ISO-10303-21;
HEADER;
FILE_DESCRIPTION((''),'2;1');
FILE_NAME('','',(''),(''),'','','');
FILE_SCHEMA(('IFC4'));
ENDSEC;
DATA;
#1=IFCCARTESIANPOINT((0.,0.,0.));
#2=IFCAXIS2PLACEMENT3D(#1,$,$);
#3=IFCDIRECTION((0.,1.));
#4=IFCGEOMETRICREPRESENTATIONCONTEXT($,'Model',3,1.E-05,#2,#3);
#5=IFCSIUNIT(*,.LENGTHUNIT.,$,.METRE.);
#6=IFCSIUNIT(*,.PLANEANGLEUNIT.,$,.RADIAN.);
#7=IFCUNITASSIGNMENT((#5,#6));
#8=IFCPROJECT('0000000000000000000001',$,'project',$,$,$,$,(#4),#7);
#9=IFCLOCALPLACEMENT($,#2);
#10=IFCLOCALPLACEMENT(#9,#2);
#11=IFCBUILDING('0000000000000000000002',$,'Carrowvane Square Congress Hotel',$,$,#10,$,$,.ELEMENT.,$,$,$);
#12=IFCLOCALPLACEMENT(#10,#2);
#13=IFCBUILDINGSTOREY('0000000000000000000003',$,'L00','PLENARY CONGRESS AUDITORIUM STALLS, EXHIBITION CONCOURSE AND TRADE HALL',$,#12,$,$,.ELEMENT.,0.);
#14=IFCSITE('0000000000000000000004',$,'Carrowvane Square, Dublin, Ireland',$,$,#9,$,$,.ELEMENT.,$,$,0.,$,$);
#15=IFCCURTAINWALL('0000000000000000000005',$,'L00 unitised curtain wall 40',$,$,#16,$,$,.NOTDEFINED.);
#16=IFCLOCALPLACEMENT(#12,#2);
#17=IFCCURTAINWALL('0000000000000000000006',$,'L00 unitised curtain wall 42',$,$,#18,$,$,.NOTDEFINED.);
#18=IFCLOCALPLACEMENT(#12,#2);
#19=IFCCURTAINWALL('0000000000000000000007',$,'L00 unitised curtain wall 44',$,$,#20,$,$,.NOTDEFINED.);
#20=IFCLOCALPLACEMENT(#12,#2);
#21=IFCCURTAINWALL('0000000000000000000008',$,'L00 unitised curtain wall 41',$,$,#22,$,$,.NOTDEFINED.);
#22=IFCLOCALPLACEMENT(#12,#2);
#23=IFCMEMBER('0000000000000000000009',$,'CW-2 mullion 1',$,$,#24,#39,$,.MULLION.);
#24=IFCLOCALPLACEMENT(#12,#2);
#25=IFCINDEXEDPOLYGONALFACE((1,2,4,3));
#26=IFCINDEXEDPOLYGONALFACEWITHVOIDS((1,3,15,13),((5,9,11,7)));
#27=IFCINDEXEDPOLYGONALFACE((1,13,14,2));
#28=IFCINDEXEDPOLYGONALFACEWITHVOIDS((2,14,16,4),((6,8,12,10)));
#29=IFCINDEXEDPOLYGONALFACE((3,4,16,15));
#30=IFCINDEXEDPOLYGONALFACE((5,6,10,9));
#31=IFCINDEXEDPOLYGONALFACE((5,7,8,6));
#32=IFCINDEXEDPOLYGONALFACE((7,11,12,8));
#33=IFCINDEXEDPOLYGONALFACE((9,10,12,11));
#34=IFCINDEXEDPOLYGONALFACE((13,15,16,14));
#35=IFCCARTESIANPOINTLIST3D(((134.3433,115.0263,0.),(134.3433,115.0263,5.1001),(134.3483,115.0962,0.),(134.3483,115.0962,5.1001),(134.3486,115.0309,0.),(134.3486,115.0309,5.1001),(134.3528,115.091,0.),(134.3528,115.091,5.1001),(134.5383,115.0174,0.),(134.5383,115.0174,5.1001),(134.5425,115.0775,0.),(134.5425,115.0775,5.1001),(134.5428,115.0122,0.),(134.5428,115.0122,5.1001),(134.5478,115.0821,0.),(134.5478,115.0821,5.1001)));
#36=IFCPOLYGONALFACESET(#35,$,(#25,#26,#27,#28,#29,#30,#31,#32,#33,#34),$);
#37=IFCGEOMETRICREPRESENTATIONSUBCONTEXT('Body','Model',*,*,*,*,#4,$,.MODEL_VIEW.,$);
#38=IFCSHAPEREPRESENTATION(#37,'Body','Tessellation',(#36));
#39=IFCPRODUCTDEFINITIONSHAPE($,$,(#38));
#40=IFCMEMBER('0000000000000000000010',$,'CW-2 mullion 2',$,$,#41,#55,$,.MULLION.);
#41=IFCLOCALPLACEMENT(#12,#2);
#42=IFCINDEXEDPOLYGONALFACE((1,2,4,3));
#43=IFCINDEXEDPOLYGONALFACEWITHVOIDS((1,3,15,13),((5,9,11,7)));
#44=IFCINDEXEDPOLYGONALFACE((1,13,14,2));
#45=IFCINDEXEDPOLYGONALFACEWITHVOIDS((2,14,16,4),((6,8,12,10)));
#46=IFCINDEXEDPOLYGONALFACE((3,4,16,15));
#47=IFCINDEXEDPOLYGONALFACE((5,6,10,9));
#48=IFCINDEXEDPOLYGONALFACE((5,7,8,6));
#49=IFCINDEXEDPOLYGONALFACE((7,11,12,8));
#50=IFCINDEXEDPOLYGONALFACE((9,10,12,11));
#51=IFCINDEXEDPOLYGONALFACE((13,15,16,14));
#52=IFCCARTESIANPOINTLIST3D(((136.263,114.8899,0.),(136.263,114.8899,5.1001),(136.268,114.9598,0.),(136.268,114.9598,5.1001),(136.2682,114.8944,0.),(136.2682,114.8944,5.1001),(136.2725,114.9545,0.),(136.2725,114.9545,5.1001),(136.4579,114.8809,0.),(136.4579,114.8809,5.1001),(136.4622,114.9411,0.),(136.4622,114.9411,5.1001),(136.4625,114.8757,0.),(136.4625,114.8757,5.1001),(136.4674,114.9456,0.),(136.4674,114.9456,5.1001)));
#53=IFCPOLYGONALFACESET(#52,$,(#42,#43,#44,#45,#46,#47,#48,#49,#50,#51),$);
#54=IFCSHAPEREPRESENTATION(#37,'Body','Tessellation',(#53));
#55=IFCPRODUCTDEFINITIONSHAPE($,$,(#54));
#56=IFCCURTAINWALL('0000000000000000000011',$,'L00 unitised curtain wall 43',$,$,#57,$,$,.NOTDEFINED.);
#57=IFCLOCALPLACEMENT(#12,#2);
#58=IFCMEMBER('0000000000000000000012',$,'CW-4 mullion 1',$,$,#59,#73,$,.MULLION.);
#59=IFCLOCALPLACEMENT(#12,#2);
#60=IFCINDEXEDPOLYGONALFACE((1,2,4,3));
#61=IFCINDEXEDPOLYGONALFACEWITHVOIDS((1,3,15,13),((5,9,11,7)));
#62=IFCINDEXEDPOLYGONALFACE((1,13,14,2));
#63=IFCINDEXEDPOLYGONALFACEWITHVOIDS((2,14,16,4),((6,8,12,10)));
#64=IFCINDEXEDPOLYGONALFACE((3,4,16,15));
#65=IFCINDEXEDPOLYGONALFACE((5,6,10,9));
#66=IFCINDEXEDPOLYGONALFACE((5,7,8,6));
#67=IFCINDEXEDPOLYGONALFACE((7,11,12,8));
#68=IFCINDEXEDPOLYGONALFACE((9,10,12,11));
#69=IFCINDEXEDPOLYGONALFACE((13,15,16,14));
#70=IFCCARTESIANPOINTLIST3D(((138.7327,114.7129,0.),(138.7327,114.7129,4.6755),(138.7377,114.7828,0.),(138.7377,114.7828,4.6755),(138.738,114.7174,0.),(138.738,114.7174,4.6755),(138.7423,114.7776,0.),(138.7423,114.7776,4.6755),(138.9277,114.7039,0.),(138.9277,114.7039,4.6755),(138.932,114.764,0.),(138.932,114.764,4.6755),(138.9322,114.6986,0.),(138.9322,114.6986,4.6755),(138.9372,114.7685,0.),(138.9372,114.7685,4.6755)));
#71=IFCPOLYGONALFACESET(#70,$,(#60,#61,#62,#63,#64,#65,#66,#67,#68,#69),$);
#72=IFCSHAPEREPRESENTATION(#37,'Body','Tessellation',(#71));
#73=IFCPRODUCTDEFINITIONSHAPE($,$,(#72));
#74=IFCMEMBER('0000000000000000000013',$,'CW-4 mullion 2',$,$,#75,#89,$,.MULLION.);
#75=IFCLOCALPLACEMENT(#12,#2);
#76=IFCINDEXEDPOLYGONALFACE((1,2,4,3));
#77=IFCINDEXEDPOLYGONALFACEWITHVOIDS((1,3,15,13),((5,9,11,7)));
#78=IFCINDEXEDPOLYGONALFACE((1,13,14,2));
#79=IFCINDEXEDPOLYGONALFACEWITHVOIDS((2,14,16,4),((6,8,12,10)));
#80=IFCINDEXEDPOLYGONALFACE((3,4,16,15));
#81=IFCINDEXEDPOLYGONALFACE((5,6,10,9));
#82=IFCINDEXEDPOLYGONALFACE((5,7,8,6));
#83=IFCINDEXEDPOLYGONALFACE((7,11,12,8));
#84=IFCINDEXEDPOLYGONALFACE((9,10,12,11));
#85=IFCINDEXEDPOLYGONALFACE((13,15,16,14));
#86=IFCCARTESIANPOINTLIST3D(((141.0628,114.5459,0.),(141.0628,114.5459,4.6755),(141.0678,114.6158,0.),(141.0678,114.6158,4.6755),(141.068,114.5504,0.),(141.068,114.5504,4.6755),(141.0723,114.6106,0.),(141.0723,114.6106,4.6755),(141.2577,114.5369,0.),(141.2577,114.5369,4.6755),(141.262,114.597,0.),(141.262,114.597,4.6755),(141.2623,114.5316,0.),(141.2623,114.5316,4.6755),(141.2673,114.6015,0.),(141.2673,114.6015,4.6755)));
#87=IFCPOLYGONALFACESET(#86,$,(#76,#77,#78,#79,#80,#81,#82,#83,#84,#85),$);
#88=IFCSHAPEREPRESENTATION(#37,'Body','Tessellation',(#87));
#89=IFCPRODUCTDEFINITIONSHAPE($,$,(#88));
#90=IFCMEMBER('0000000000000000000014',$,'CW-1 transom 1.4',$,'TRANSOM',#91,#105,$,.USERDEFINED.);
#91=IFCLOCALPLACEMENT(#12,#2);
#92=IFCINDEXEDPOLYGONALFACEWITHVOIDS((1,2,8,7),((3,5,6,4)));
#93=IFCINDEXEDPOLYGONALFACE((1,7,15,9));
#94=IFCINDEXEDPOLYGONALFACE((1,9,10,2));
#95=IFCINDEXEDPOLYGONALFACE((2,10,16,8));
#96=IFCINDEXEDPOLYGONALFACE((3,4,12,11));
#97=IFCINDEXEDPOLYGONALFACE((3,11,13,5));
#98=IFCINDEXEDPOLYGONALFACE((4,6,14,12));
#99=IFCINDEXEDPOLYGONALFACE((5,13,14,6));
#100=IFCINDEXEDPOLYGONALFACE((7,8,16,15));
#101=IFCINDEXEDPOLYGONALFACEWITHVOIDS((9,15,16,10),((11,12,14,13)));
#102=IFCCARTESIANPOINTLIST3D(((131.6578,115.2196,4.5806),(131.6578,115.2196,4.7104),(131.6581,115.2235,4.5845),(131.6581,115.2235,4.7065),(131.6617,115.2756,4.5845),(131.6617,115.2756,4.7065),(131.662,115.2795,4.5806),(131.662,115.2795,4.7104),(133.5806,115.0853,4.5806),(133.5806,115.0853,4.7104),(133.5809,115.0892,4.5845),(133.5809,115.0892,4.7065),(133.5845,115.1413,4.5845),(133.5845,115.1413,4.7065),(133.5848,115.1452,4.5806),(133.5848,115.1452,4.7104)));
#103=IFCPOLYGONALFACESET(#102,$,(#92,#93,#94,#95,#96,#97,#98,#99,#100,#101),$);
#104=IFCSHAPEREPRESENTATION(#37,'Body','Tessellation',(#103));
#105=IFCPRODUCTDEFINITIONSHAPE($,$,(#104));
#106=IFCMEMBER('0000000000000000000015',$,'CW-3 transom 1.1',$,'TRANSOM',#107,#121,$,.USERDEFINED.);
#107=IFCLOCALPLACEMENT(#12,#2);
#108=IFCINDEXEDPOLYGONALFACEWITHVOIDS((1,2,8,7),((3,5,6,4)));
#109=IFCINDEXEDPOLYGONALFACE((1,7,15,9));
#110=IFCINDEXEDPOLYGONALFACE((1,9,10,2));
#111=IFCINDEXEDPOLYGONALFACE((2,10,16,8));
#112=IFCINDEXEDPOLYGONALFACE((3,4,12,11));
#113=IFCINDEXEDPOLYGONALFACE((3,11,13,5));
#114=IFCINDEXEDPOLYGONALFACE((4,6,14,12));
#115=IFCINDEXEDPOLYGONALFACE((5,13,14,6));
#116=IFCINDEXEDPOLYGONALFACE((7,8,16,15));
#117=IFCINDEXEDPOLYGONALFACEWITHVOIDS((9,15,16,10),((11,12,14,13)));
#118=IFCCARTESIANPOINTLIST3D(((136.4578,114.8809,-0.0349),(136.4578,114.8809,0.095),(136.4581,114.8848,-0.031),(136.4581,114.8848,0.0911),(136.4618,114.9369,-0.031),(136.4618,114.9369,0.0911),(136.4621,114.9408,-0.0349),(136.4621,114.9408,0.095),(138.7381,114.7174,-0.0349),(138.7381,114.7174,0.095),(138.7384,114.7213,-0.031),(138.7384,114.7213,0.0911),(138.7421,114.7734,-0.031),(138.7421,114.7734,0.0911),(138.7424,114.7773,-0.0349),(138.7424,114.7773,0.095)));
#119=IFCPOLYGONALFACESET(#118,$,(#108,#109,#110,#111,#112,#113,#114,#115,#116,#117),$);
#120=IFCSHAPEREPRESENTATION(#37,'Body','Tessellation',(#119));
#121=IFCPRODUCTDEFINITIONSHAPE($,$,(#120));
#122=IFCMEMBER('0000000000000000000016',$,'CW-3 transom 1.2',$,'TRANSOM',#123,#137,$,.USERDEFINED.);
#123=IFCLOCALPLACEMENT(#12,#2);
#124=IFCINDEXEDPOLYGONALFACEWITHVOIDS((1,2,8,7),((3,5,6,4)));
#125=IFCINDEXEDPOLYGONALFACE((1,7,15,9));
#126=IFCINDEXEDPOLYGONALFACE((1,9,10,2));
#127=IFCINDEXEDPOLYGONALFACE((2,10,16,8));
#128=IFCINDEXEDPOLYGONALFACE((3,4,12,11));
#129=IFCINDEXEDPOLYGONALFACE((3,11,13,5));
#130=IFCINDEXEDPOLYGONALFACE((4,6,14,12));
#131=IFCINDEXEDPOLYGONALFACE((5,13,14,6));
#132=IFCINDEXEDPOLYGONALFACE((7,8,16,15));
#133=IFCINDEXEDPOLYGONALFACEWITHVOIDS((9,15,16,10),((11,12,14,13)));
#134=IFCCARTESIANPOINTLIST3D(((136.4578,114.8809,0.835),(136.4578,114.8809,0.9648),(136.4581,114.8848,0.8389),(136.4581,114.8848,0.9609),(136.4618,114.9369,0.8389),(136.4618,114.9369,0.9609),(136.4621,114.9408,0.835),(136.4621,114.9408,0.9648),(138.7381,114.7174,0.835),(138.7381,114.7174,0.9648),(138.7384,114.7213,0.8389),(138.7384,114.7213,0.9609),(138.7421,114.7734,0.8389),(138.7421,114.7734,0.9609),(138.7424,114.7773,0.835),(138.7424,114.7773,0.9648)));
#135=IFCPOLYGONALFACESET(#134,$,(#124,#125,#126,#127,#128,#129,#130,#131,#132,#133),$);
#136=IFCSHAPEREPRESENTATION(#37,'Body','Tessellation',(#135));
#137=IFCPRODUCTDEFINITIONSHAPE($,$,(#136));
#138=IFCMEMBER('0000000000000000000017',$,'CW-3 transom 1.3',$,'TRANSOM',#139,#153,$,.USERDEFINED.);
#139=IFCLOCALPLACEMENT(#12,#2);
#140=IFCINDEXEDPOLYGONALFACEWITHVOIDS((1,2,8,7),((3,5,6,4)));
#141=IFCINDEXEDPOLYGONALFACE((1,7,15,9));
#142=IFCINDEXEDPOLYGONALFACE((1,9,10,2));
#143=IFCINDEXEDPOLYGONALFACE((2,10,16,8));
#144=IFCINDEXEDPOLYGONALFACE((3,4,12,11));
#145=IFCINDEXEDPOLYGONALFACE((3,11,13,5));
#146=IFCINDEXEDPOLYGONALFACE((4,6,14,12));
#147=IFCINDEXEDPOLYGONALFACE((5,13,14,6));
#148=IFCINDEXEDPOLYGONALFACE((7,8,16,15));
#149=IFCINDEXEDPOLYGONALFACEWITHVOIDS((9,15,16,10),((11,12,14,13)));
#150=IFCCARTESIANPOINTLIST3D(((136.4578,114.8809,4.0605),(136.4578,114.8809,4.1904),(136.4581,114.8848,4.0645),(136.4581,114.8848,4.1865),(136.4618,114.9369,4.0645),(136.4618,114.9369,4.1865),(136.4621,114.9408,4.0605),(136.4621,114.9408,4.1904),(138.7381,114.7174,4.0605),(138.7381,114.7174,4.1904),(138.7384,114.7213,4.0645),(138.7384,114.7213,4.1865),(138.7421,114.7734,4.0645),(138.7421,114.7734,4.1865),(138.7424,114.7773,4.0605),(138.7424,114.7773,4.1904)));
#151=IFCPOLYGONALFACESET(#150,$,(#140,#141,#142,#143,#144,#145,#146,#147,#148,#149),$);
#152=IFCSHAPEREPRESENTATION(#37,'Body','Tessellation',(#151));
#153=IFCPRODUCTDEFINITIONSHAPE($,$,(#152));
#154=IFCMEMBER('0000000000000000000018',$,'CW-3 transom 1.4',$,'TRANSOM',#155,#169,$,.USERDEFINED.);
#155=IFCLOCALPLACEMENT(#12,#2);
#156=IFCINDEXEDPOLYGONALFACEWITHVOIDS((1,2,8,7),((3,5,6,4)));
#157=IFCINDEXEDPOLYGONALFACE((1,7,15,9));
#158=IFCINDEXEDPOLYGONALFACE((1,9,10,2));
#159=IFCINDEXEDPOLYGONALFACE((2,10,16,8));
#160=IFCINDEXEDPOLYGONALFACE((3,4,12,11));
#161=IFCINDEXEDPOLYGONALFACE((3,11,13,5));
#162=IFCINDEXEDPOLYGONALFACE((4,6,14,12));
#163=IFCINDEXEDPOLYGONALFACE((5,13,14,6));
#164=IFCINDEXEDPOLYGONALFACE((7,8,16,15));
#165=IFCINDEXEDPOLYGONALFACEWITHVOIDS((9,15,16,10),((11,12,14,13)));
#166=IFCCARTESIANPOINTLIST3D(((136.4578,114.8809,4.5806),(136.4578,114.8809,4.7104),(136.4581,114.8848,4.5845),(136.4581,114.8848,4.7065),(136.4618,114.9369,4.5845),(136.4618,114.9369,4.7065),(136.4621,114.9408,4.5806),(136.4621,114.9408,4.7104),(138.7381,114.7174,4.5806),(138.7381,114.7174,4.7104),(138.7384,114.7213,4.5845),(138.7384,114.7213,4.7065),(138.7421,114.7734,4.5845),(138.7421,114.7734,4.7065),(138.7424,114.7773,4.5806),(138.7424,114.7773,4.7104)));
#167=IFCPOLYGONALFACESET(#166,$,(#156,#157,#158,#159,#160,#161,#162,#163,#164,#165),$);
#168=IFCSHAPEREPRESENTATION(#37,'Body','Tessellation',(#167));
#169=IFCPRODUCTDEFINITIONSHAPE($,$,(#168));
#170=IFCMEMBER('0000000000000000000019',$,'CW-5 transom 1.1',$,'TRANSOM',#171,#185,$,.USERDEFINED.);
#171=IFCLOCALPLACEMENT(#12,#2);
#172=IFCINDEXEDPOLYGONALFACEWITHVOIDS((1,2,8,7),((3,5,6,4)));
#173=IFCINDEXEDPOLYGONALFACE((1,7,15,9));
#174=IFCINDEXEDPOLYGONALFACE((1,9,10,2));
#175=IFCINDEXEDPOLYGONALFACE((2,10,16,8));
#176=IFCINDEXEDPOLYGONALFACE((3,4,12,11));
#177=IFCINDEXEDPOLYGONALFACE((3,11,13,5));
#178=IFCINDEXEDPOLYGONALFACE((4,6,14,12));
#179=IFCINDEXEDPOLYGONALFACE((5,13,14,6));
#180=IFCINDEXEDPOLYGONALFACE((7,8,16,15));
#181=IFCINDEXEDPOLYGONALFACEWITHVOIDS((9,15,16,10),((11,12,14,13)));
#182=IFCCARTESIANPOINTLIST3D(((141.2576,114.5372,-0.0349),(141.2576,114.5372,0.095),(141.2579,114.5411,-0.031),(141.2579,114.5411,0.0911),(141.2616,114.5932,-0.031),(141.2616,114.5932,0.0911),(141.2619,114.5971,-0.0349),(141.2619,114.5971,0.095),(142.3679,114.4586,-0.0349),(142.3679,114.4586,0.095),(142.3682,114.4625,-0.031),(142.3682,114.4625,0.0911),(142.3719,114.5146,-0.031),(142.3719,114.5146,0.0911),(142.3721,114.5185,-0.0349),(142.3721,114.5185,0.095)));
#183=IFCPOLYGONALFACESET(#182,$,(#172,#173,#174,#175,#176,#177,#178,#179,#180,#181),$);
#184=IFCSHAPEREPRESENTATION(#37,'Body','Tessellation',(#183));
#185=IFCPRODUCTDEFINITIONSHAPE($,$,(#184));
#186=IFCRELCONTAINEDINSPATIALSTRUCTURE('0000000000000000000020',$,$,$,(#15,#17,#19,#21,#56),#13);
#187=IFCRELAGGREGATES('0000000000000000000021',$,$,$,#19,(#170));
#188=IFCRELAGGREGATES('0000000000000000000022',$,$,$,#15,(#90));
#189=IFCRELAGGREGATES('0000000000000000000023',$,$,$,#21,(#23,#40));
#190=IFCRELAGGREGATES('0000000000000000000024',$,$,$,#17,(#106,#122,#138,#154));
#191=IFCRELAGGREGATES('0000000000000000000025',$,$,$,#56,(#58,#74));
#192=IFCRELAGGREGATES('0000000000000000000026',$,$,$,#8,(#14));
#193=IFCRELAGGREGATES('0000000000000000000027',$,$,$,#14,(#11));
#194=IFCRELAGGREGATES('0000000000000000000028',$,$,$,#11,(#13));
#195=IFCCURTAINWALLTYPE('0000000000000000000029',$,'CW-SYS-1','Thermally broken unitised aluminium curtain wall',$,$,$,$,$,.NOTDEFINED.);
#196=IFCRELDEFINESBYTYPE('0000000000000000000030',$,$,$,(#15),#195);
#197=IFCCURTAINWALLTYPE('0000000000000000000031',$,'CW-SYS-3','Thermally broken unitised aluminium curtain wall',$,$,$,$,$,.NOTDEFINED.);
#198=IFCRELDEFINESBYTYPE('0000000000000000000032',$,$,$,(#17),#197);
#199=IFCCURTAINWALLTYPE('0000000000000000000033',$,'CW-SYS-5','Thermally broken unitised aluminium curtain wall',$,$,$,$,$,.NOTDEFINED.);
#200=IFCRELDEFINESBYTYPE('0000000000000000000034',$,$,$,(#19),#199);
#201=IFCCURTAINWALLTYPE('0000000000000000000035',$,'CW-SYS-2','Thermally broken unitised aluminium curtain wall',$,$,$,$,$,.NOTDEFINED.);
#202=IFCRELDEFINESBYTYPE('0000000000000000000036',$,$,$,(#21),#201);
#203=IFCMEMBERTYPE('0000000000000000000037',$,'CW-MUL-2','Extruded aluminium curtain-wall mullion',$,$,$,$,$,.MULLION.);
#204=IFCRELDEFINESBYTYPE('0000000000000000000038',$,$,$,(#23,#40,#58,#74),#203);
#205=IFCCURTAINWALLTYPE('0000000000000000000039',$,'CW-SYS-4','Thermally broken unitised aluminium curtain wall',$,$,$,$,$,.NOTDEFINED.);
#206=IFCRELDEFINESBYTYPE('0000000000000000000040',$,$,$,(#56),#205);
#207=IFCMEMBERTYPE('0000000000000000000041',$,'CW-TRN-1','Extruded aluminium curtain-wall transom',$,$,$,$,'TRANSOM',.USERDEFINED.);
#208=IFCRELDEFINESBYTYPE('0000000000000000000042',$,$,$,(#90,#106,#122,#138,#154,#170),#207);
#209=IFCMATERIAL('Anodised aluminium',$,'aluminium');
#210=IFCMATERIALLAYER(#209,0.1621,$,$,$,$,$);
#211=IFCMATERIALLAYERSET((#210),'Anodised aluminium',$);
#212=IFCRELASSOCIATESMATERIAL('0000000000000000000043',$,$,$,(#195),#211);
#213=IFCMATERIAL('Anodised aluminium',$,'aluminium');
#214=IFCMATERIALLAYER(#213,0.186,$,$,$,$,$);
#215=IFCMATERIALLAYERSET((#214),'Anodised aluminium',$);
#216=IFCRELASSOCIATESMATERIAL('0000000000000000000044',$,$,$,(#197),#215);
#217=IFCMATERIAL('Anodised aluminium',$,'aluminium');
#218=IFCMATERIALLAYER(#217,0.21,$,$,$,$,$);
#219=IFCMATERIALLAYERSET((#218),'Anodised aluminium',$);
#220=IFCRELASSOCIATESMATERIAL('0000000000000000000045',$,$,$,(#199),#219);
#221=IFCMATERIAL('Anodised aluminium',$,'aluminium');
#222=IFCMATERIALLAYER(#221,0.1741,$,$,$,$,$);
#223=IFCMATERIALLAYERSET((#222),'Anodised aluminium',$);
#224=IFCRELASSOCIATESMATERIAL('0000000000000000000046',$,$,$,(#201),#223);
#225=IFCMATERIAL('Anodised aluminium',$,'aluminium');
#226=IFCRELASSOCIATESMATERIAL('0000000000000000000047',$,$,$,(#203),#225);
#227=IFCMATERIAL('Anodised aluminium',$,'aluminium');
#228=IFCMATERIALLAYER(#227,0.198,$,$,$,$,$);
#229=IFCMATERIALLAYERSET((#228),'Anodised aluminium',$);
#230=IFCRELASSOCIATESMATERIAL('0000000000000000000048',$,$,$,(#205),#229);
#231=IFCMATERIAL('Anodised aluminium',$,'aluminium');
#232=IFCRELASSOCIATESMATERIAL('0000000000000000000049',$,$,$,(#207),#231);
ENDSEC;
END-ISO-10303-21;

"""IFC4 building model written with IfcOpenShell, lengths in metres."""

from ifc_helpers import new_model, si_unit, direction, frame, origin, origin_2d, place, context, subcontext, project, spatial, hollow_rectangle, extrude, material, layer, layer_set, material_profile, profile_set, type_object, element, aggregate, save


model = new_model("IFC4")

# Units and contexts
model_context = context("Model", 3, precision=1e-05, world=origin(), true_north=direction((0.0, 1.0)))
body_context = subcontext(model_context, "Body", "Model", "MODEL_VIEW")
ifc_project = project(units=[si_unit("LENGTHUNIT", "METRE"), si_unit("PLANEANGLEUNIT", "RADIAN")], contexts=[model_context])

# Site, building, storey
site_placement = place(None, origin())
site = spatial("IfcSite", under=ifc_project, at=site_placement, Name="Carrowvane Square, Dublin, Ireland", CompositionType="ELEMENT", RefElevation=0.0)
building_placement = place(site_placement, origin())
building = spatial("IfcBuilding", under=site, at=building_placement, Name="Carrowvane Square Congress Hotel", CompositionType="ELEMENT")
storey_placement = place(building_placement, origin())
storey = spatial("IfcBuildingStorey", under=building, at=storey_placement, Name="L00", Description="PLENARY CONGRESS AUDITORIUM STALLS, EXHIBITION CONCOURSE AND TRADE HALL", CompositionType="ELEMENT", Elevation=0.0)

# Curtain wall
ifc_material_1 = material(Name="Anodised aluminium", Category="aluminium")
ifc_layer_1 = layer(ifc_material_1, 0.1621)
ifc_layer_set_1 = layer_set([ifc_layer_1], Name="Anodised aluminium")
curtain_wall_type_1 = type_object("IfcCurtainWallType", Name="CW-SYS-1", Description="Thermally broken unitised aluminium curtain wall", PredefinedType="NOTDEFINED", material=ifc_layer_set_1)
curtain_wall_1_placement = place(storey_placement, origin())
curtain_wall_1 = element("IfcCurtainWall", 1, at=curtain_wall_1_placement, inside=storey, type_object=curtain_wall_type_1, Name="L00 unitised curtain wall 40", PredefinedType="NOTDEFINED")

# Curtain wall
ifc_material_2 = material(Name="Anodised aluminium", Category="aluminium")
ifc_layer_2 = layer(ifc_material_2, 0.186)
ifc_layer_set_2 = layer_set([ifc_layer_2], Name="Anodised aluminium")
curtain_wall_type_2 = type_object("IfcCurtainWallType", Name="CW-SYS-3", Description="Thermally broken unitised aluminium curtain wall", PredefinedType="NOTDEFINED", material=ifc_layer_set_2)
curtain_wall_2_placement = place(storey_placement, origin())
curtain_wall_2 = element("IfcCurtainWall", 2, at=curtain_wall_2_placement, inside=storey, type_object=curtain_wall_type_2, Name="L00 unitised curtain wall 42", PredefinedType="NOTDEFINED")

# Curtain wall
ifc_material_3 = material(Name="Anodised aluminium", Category="aluminium")
ifc_layer_3 = layer(ifc_material_3, 0.21)
ifc_layer_set_3 = layer_set([ifc_layer_3], Name="Anodised aluminium")
curtain_wall_type_3 = type_object("IfcCurtainWallType", Name="CW-SYS-5", Description="Thermally broken unitised aluminium curtain wall", PredefinedType="NOTDEFINED", material=ifc_layer_set_3)
curtain_wall_3_placement = place(storey_placement, origin())
curtain_wall_3 = element("IfcCurtainWall", 3, at=curtain_wall_3_placement, inside=storey, type_object=curtain_wall_type_3, Name="L00 unitised curtain wall 44", PredefinedType="NOTDEFINED")

# Curtain walls, members
ifc_material_4 = material(Name="Anodised aluminium", Category="aluminium")
ifc_layer_4 = layer(ifc_material_4, 0.1741)
ifc_layer_set_4 = layer_set([ifc_layer_4], Name="Anodised aluminium")
curtain_wall_type_4 = type_object("IfcCurtainWallType", Name="CW-SYS-2", Description="Thermally broken unitised aluminium curtain wall", PredefinedType="NOTDEFINED", material=ifc_layer_set_4)
curtain_wall_4_placement = place(storey_placement, origin())
curtain_wall_4 = element("IfcCurtainWall", 4, at=curtain_wall_4_placement, inside=storey, type_object=curtain_wall_type_4, Name="L00 unitised curtain wall 41", PredefinedType="NOTDEFINED")
ifc_material_5 = material(Name="Anodised aluminium", Category="aluminium")
ifc_material_profile_1 = material_profile(ifc_material_5, hollow_rectangle(XDim=0.0701, YDim=0.2, WallThickness=0.0049, at=origin_2d()), Name="CW-ML 70x200x5")
ifc_profile_set_1 = profile_set([ifc_material_profile_1], Name="Anodised aluminium")
member_type_1 = type_object("IfcMemberType", Name="CW-MUL-2", Description="Extruded aluminium curtain-wall mullion", PredefinedType="MULLION", material=ifc_profile_set_1)
member_1_placement = place(storey_placement, frame((134.4456, 115.0542, 0.0), z_axis=(0.0, 0.0, 1.0), x_axis=(0.07096, 0.997479, 0.0)))
member_1 = element("IfcMember", 5, at=member_1_placement, type_object=member_type_1, Name="CW-2 mullion 1", PredefinedType="MULLION", context=body_context, shape_type="SweptSolid", body=[
    extrude(hollow_rectangle(XDim=0.0701, YDim=0.2, WallThickness=0.0049, at=origin_2d()), origin(), (0.0, 0.0, 1.0), 5.1001),
])
member_2_placement = place(storey_placement, frame((136.3652, 114.9177, 0.0), z_axis=(0.0, 0.0, 1.0), x_axis=(0.07096, 0.997479, 0.0)))
member_2 = element("IfcMember", 6, at=member_2_placement, type_object=member_type_1, Name="CW-2 mullion 2", PredefinedType="MULLION", context=body_context, shape_type="SweptSolid", body=[
    extrude(hollow_rectangle(XDim=0.0701, YDim=0.2, WallThickness=0.0049, at=origin_2d()), origin(), (0.0, 0.0, 1.0), 5.1001),
])
ifc_material_6 = material(Name="Anodised aluminium", Category="aluminium")
ifc_layer_5 = layer(ifc_material_6, 0.198)
ifc_layer_set_5 = layer_set([ifc_layer_5], Name="Anodised aluminium")
curtain_wall_type_5 = type_object("IfcCurtainWallType", Name="CW-SYS-4", Description="Thermally broken unitised aluminium curtain wall", PredefinedType="NOTDEFINED", material=ifc_layer_set_5)
curtain_wall_5_placement = place(storey_placement, origin())
curtain_wall_5 = element("IfcCurtainWall", 7, at=curtain_wall_5_placement, inside=storey, type_object=curtain_wall_type_5, Name="L00 unitised curtain wall 43", PredefinedType="NOTDEFINED")
member_3_placement = place(storey_placement, frame((138.835, 114.7407, 0.0), z_axis=(0.0, 0.0, 1.0), x_axis=(0.071422, 0.997446, 0.0)))
member_3 = element("IfcMember", 8, at=member_3_placement, type_object=member_type_1, Name="CW-4 mullion 1", PredefinedType="MULLION", context=body_context, shape_type="SweptSolid", body=[
    extrude(hollow_rectangle(XDim=0.0701, YDim=0.2, WallThickness=0.0049, at=origin_2d()), origin(), (0.0, 0.0, 1.0), 4.6755),
])
member_4_placement = place(storey_placement, frame((141.165, 114.5737, 0.0), z_axis=(0.0, 0.0, 1.0), x_axis=(0.071422, 0.997446, 0.0)))
member_4 = element("IfcMember", 9, at=member_4_placement, type_object=member_type_1, Name="CW-4 mullion 2", PredefinedType="MULLION", context=body_context, shape_type="SweptSolid", body=[
    extrude(hollow_rectangle(XDim=0.0701, YDim=0.2, WallThickness=0.0049, at=origin_2d()), origin(), (0.0, 0.0, 1.0), 4.6755),
])

# Members
ifc_material_7 = material(Name="Anodised aluminium", Category="aluminium")
ifc_material_profile_2 = material_profile(ifc_material_7, hollow_rectangle(XDim=0.0601, YDim=0.1299, WallThickness=0.0039, at=origin_2d()), Name="CW-TR 60x130x4")
ifc_profile_set_2 = profile_set([ifc_material_profile_2], Name="Anodised aluminium")
member_type_2 = type_object("IfcMemberType", Name="CW-TRN-1", Description="Extruded aluminium curtain-wall transom", ElementType="TRANSOM", PredefinedType="USERDEFINED", material=ifc_profile_set_2)
member_5_placement = place(storey_placement, frame((131.6599, 115.2495, 4.6455), z_axis=(0.997571, -0.069663, 0.0), x_axis=(0.069663, 0.997571, 0.0)))
member_5 = element("IfcMember", 10, at=member_5_placement, type_object=member_type_2, Name="CW-1 transom 1.4", ObjectType="TRANSOM", PredefinedType="USERDEFINED", context=body_context, shape_type="SweptSolid", body=[
    extrude(hollow_rectangle(XDim=0.0601, YDim=0.1299, WallThickness=0.0039, at=origin_2d()), origin(), (0.0, 0.0, 1.0), 1.9275),
])
member_6_placement = place(storey_placement, frame((136.46, 114.9109, 0.03), z_axis=(0.997437, -0.071551, 0.0), x_axis=(0.071551, 0.997437, 0.0)))
member_6 = element("IfcMember", 11, at=member_6_placement, type_object=member_type_2, Name="CW-3 transom 1.1", ObjectType="TRANSOM", PredefinedType="USERDEFINED", context=body_context, shape_type="SweptSolid", body=[
    extrude(hollow_rectangle(XDim=0.0601, YDim=0.1299, WallThickness=0.0039, at=origin_2d()), origin(), (0.0, 0.0, 1.0), 2.2861),
])
member_7_placement = place(storey_placement, frame((136.46, 114.9109, 0.8999), z_axis=(0.997437, -0.071551, 0.0), x_axis=(0.071551, 0.997437, 0.0)))
member_7 = element("IfcMember", 12, at=member_7_placement, type_object=member_type_2, Name="CW-3 transom 1.2", ObjectType="TRANSOM", PredefinedType="USERDEFINED", context=body_context, shape_type="SweptSolid", body=[
    extrude(hollow_rectangle(XDim=0.0601, YDim=0.1299, WallThickness=0.0039, at=origin_2d()), origin(), (0.0, 0.0, 1.0), 2.2861),
])
member_8_placement = place(storey_placement, frame((136.46, 114.9109, 4.1255), z_axis=(0.997437, -0.071551, 0.0), x_axis=(0.071551, 0.997437, 0.0)))
member_8 = element("IfcMember", 13, at=member_8_placement, type_object=member_type_2, Name="CW-3 transom 1.3", ObjectType="TRANSOM", PredefinedType="USERDEFINED", context=body_context, shape_type="SweptSolid", body=[
    extrude(hollow_rectangle(XDim=0.0601, YDim=0.1299, WallThickness=0.0039, at=origin_2d()), origin(), (0.0, 0.0, 1.0), 2.2861),
])
member_9_placement = place(storey_placement, frame((136.46, 114.9109, 4.6455), z_axis=(0.997437, -0.071551, 0.0), x_axis=(0.071551, 0.997437, 0.0)))
member_9 = element("IfcMember", 14, at=member_9_placement, type_object=member_type_2, Name="CW-3 transom 1.4", ObjectType="TRANSOM", PredefinedType="USERDEFINED", context=body_context, shape_type="SweptSolid", body=[
    extrude(hollow_rectangle(XDim=0.0601, YDim=0.1299, WallThickness=0.0039, at=origin_2d()), origin(), (0.0, 0.0, 1.0), 2.2861),
])
member_10_placement = place(storey_placement, frame((141.2598, 114.5671, 0.03), z_axis=(0.997503, -0.070624, 0.0), x_axis=(0.070624, 0.997503, 0.0)))
member_10 = element("IfcMember", 15, at=member_10_placement, type_object=member_type_2, Name="CW-5 transom 1.1", ObjectType="TRANSOM", PredefinedType="USERDEFINED", context=body_context, shape_type="SweptSolid", body=[
    extrude(hollow_rectangle(XDim=0.0601, YDim=0.1299, WallThickness=0.0039, at=origin_2d()), origin(), (0.0, 0.0, 1.0), 1.113),
])
aggregate(curtain_wall_3, [member_10])

aggregate(curtain_wall_1, [member_5])
aggregate(curtain_wall_4, [member_1, member_2])
aggregate(curtain_wall_2, [member_6, member_7, member_8, member_9])
aggregate(curtain_wall_5, [member_3, member_4])

save(model, "model.ifc")
